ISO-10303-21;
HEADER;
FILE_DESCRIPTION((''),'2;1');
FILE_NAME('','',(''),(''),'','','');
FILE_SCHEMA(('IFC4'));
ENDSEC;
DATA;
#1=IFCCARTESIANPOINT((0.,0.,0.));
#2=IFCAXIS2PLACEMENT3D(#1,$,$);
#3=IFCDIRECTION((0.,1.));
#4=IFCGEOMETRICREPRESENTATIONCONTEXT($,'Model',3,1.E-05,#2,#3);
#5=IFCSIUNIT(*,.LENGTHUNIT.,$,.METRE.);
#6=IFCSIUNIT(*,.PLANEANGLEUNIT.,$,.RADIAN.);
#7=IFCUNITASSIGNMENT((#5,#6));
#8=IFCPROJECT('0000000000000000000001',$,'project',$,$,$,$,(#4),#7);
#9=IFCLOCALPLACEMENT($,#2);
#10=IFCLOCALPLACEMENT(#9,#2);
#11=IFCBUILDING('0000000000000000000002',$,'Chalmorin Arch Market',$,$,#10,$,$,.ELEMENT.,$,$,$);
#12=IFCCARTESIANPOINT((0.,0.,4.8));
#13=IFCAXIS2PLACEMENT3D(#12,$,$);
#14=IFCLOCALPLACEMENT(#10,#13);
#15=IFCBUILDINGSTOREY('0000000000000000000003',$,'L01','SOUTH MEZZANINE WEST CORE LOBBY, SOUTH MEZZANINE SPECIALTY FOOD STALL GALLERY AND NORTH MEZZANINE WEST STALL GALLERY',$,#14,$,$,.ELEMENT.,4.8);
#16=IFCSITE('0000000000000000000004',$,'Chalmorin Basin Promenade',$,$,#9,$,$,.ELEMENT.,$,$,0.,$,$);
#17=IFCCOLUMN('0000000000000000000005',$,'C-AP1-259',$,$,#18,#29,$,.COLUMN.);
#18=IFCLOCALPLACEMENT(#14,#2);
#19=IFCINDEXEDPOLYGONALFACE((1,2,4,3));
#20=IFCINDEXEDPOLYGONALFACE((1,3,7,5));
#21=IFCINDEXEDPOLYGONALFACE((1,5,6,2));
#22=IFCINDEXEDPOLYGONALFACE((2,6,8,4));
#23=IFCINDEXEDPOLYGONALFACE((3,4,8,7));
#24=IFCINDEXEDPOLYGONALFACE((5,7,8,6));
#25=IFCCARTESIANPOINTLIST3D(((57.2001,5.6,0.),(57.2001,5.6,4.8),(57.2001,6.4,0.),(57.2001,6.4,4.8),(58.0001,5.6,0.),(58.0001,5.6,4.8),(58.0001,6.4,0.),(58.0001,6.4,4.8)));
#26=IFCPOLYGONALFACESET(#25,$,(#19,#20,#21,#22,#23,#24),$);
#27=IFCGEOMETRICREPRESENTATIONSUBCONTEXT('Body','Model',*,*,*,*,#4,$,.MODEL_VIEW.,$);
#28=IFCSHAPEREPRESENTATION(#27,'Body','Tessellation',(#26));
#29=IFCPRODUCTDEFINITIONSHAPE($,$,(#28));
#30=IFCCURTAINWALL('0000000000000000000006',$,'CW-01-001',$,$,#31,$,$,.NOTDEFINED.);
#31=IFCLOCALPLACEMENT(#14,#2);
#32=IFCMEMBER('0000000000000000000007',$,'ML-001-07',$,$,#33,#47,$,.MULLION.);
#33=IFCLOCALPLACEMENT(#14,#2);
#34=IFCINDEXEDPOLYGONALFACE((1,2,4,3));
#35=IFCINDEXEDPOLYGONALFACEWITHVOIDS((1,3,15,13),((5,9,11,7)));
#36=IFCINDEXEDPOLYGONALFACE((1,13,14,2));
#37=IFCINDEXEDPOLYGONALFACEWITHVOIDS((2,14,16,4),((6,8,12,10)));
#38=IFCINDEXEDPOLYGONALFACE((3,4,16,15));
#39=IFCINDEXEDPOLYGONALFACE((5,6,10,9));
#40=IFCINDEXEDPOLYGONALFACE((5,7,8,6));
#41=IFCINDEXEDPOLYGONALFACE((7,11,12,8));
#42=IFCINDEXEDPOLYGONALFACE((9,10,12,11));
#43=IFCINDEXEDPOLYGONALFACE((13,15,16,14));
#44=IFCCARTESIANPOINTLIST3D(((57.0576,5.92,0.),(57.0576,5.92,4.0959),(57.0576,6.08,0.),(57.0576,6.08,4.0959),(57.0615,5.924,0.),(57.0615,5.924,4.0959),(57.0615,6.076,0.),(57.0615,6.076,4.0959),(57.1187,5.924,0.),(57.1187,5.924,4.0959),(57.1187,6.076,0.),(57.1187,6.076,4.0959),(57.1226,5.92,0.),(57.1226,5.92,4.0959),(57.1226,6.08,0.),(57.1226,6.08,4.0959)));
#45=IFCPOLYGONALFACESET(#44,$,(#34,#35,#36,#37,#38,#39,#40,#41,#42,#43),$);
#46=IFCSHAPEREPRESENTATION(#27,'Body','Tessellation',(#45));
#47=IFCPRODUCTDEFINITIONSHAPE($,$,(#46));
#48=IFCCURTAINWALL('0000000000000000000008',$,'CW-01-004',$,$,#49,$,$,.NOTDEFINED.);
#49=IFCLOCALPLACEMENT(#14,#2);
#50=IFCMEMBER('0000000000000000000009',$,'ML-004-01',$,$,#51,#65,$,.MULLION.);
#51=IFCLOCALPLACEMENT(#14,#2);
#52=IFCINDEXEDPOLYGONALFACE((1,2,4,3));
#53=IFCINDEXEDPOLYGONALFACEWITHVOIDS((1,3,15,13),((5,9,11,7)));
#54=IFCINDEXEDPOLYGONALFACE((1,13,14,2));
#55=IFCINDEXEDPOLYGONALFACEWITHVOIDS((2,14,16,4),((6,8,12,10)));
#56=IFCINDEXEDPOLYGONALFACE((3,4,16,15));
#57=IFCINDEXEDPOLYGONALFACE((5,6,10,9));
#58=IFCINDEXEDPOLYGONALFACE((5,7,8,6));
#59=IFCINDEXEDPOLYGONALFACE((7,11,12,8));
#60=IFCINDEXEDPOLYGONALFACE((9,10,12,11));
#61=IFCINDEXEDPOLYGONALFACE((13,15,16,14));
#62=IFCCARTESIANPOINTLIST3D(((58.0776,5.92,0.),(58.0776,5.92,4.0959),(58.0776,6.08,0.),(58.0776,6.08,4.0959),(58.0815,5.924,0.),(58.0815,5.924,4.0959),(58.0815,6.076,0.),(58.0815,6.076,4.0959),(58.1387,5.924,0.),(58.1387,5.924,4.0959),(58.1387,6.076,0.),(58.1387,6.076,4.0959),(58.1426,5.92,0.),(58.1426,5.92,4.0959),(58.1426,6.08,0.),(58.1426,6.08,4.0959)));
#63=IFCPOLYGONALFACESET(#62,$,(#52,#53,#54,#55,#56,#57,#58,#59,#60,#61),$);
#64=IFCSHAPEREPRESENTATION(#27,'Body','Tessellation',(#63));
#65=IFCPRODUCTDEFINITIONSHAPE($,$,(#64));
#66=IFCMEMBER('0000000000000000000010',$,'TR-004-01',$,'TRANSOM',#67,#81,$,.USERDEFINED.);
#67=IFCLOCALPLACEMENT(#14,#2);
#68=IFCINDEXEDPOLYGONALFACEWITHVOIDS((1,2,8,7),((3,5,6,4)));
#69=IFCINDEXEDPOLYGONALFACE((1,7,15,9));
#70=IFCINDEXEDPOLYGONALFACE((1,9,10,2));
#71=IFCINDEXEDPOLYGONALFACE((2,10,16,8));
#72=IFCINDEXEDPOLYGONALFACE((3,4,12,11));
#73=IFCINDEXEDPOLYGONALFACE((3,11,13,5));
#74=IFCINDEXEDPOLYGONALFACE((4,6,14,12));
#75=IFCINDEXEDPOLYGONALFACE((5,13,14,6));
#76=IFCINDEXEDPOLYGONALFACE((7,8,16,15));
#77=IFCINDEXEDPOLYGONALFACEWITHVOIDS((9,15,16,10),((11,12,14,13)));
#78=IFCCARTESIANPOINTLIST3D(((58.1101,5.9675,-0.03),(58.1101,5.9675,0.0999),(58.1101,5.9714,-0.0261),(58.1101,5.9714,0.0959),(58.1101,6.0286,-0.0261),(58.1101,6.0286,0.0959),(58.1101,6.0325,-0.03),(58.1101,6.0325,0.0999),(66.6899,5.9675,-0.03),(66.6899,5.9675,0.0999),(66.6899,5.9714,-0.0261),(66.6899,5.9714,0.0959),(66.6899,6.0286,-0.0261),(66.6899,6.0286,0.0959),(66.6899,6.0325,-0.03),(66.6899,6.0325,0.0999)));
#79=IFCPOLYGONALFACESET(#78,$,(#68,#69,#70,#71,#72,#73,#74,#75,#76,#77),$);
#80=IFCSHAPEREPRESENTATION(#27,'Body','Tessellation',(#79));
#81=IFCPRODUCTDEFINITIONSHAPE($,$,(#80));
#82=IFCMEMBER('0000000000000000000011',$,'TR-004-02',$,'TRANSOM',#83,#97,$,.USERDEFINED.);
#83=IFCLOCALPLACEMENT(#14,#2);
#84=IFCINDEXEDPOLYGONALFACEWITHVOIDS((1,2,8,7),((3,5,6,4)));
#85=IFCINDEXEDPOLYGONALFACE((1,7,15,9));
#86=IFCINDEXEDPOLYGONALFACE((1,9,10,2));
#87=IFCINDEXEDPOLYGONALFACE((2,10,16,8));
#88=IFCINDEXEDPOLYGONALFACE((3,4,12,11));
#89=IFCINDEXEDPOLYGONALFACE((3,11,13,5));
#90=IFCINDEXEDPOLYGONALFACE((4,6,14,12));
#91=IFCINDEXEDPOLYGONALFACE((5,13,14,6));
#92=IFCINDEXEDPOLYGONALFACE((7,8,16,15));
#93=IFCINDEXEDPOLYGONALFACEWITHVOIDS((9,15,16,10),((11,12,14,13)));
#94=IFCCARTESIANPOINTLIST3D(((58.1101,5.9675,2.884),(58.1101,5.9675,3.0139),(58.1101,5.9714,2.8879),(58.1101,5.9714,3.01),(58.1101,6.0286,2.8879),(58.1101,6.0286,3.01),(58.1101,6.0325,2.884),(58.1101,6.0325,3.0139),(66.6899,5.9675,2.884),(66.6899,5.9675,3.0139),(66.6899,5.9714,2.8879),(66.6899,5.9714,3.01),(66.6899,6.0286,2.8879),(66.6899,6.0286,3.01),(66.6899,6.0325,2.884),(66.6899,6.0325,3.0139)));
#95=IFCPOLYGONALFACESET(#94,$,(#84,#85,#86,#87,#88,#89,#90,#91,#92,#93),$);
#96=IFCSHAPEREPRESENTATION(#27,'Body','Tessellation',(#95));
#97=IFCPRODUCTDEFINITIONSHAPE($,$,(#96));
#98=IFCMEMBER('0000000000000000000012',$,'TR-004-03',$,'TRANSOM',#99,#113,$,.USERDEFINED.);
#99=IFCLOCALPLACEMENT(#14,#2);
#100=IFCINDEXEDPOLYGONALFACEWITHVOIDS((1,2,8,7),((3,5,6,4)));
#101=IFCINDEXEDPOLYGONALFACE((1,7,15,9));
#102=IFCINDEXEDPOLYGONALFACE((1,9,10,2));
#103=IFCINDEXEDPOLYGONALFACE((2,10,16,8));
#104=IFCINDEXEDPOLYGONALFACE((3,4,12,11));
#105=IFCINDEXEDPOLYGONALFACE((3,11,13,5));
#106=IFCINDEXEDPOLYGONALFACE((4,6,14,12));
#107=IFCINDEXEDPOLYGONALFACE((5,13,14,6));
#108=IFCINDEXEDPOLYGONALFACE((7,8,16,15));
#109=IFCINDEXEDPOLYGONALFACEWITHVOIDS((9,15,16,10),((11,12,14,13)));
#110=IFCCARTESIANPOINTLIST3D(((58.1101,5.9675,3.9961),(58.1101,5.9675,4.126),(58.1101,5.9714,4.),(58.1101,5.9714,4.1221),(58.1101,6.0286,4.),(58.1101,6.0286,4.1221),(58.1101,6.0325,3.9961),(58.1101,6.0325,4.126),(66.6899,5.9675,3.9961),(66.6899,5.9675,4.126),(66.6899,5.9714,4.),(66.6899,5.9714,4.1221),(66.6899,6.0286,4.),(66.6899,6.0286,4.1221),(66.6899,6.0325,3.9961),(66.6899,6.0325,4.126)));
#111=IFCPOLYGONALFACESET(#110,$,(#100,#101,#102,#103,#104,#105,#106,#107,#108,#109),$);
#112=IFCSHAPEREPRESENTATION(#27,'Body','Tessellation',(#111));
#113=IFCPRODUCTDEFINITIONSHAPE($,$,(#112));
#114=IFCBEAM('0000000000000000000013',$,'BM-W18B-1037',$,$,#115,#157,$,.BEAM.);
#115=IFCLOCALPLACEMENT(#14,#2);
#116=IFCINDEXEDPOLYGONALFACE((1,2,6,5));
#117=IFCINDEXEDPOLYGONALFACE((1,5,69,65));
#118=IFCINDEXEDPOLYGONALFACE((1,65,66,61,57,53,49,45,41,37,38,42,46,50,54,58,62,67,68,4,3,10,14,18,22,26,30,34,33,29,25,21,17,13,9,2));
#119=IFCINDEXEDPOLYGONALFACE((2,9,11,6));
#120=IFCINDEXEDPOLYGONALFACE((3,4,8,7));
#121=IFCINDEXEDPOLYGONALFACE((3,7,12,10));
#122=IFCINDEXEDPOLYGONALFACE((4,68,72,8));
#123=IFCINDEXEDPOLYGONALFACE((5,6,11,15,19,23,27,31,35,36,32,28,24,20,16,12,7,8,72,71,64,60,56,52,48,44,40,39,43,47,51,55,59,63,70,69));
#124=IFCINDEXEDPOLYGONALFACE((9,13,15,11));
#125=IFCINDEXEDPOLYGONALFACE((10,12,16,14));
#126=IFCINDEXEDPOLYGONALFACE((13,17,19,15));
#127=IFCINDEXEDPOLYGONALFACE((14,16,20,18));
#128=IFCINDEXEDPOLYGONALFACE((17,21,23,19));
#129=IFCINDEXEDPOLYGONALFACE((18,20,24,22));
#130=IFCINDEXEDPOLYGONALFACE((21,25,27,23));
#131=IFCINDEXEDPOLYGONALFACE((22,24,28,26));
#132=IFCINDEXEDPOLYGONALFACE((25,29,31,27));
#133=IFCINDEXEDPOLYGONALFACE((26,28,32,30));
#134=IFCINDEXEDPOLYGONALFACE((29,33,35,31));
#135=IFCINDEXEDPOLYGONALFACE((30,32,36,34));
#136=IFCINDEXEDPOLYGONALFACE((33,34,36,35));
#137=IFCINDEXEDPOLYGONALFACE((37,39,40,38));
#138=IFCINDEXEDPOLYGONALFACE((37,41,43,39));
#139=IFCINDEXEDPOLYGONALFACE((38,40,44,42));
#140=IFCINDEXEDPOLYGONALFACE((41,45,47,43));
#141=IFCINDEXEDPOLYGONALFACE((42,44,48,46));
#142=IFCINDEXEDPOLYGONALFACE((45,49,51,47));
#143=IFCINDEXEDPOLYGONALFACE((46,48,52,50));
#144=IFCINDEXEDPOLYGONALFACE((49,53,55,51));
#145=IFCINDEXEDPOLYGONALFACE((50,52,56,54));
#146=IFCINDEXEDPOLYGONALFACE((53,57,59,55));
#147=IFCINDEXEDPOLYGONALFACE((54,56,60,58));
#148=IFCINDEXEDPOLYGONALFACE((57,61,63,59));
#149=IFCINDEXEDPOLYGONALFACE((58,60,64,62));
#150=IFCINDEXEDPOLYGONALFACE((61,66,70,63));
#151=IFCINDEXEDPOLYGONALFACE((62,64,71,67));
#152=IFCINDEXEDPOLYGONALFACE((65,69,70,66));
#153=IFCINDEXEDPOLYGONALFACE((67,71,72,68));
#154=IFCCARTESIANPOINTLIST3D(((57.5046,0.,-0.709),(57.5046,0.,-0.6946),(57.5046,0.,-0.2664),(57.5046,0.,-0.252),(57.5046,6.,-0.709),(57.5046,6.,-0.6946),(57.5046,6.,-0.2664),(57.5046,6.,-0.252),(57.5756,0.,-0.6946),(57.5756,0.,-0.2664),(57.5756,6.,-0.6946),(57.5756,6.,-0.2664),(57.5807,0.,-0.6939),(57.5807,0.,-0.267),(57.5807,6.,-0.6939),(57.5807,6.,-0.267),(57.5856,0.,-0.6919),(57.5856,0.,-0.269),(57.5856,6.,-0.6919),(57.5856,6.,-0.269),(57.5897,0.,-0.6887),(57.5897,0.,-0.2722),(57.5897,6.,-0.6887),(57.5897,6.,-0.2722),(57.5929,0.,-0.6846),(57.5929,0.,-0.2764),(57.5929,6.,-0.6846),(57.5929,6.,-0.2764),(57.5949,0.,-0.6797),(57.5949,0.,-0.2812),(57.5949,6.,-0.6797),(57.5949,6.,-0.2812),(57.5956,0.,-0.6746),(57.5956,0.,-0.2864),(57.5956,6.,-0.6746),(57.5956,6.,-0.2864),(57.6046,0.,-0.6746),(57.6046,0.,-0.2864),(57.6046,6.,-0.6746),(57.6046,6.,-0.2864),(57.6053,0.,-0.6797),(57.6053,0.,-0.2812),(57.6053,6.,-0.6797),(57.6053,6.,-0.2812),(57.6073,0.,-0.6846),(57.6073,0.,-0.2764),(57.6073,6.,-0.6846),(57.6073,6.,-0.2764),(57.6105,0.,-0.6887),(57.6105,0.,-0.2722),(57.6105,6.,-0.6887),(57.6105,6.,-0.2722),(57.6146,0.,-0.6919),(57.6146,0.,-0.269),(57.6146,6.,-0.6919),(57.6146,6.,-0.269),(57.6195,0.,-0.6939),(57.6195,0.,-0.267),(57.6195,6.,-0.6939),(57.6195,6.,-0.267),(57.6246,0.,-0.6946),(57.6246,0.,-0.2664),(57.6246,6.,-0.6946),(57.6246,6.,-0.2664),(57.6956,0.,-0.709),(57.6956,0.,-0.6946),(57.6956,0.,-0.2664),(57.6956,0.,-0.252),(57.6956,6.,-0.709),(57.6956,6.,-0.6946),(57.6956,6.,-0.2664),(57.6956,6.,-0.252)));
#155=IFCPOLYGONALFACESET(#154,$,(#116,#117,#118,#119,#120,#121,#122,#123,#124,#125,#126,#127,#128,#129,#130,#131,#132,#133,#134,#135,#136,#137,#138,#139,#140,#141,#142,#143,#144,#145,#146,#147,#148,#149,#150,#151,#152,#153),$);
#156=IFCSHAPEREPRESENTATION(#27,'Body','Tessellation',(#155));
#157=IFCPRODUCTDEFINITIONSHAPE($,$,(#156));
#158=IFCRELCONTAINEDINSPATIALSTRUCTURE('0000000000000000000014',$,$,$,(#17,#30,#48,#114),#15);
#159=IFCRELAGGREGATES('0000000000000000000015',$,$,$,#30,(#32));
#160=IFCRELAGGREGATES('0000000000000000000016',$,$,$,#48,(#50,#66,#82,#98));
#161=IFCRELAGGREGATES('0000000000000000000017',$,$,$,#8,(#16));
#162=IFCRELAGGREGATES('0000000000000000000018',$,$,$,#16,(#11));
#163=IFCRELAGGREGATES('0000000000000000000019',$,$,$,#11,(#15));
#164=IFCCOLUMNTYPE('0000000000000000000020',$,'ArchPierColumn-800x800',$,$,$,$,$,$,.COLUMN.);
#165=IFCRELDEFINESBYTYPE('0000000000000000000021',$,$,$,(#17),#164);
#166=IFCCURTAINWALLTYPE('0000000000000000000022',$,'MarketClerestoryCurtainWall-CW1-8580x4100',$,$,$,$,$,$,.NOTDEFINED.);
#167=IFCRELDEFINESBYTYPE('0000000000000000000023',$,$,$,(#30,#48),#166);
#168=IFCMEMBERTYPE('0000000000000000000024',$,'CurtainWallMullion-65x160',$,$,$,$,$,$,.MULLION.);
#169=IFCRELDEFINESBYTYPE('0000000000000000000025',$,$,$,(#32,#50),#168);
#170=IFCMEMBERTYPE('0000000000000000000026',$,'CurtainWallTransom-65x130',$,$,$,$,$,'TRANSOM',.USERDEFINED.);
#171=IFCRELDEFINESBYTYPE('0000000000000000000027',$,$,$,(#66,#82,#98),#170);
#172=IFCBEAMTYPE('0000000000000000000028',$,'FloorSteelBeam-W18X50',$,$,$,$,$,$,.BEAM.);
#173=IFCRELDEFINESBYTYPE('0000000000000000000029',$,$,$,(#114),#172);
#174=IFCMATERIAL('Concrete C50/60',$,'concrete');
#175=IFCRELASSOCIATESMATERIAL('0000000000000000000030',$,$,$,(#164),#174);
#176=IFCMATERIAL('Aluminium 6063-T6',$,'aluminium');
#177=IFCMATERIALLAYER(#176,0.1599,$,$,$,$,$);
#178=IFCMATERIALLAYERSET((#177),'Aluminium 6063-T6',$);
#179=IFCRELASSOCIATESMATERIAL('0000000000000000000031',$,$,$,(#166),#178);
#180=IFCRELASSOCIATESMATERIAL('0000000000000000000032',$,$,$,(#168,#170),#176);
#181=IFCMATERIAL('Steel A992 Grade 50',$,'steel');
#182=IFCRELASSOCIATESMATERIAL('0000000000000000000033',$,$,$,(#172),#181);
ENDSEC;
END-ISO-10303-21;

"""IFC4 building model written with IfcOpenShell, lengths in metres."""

from ifc_helpers import new_model, si_unit, direction, frame, origin, origin_2d, place, context, subcontext, project, spatial, rectangle, hollow_rectangle, i_section, extrude, material, layer, layer_set, material_profile, profile_set, type_object, element, aggregate, save


model = new_model("IFC4")

# Units and contexts
model_context = context("Model", 3, precision=1e-05, world=origin(), true_north=direction((0.0, 1.0)))
body_context = subcontext(model_context, "Body", "Model", "MODEL_VIEW")
ifc_project = project(units=[si_unit("LENGTHUNIT", "METRE"), si_unit("PLANEANGLEUNIT", "RADIAN")], contexts=[model_context])

# Site, building, storey
site_placement = place(None, origin())
site = spatial("IfcSite", under=ifc_project, at=site_placement, Name="Chalmorin Basin Promenade", CompositionType="ELEMENT", RefElevation=0.0)
building_placement = place(site_placement, origin())
building = spatial("IfcBuilding", under=site, at=building_placement, Name="Chalmorin Arch Market", CompositionType="ELEMENT")
storey_placement = place(building_placement, frame((0.0, 0.0, 4.8)))
storey = spatial("IfcBuildingStorey", under=building, at=storey_placement, Name="L01", Description="SOUTH MEZZANINE WEST CORE LOBBY, SOUTH MEZZANINE SPECIALTY FOOD STALL GALLERY AND NORTH MEZZANINE WEST STALL GALLERY", CompositionType="ELEMENT", Elevation=4.8)

# Column
ifc_material_1 = material(Name="Concrete C50/60", Category="concrete")
ifc_material_profile_1 = material_profile(ifc_material_1, rectangle(XDim=0.8, YDim=0.8, at=origin_2d()), Name="RC800X800")
ifc_profile_set_1 = profile_set([ifc_material_profile_1], Name="Concrete C50/60")
column_type = type_object("IfcColumnType", Name="ArchPierColumn-800x800", PredefinedType="COLUMN", material=ifc_profile_set_1)
column_placement = place(storey_placement, frame((57.6001, 6.0, 0.0), z_axis=(0.0, 0.0, 1.0), x_axis=(1.0, 0.0, 0.0)))
element("IfcColumn", 1, at=column_placement, inside=storey, type_object=column_type, Name="C-AP1-259", PredefinedType="COLUMN", context=body_context, shape_type="SweptSolid", body=[
    extrude(rectangle(XDim=0.8, YDim=0.8, at=origin_2d()), origin(), (0.0, 0.0, 1.0), 4.8),
])

# Curtain wall, member
ifc_material_2 = material(Name="Aluminium 6063-T6", Category="aluminium")
ifc_layer_1 = layer(ifc_material_2, 0.1599)
ifc_layer_set_1 = layer_set([ifc_layer_1], Name="Aluminium 6063-T6")
curtain_wall_type = type_object("IfcCurtainWallType", Name="MarketClerestoryCurtainWall-CW1-8580x4100", PredefinedType="NOTDEFINED", material=ifc_layer_set_1)
curtain_wall_1_placement = place(storey_placement, origin())
curtain_wall_1 = element("IfcCurtainWall", 2, at=curtain_wall_1_placement, inside=storey, type_object=curtain_wall_type, Name="CW-01-001", PredefinedType="NOTDEFINED")
ifc_material_profile_2 = material_profile(ifc_material_2, hollow_rectangle(XDim=0.0649, YDim=0.1599, WallThickness=0.0039, at=origin_2d()), Name="ALU65X160X4")
ifc_profile_set_2 = profile_set([ifc_material_profile_2], Name="Aluminium 6063-T6")
member_type_1 = type_object("IfcMemberType", Name="CurtainWallMullion-65x160", PredefinedType="MULLION", material=ifc_profile_set_2)
member_1_placement = place(storey_placement, frame((57.0901, 6.0, 0.0), z_axis=(0.0, 0.0, 1.0), x_axis=(1.0, 0.0, 0.0)))
member_1 = element("IfcMember", 3, at=member_1_placement, type_object=member_type_1, Name="ML-001-07", PredefinedType="MULLION", context=body_context, shape_type="SweptSolid", body=[
    extrude(hollow_rectangle(XDim=0.0649, YDim=0.1599, WallThickness=0.0039, at=origin_2d()), origin(), (0.0, 0.0, 1.0), 4.0959),
])

# Curtain wall, members
curtain_wall_2_placement = place(storey_placement, origin())
curtain_wall_2 = element("IfcCurtainWall", 4, at=curtain_wall_2_placement, inside=storey, type_object=curtain_wall_type, Name="CW-01-004", PredefinedType="NOTDEFINED")
member_2_placement = place(storey_placement, frame((58.1101, 6.0, 0.0), z_axis=(0.0, 0.0, 1.0), x_axis=(1.0, 0.0, 0.0)))
member_2 = element("IfcMember", 5, at=member_2_placement, type_object=member_type_1, Name="ML-004-01", PredefinedType="MULLION", context=body_context, shape_type="SweptSolid", body=[
    extrude(hollow_rectangle(XDim=0.0649, YDim=0.1599, WallThickness=0.0039, at=origin_2d()), origin(), (0.0, 0.0, 1.0), 4.0959),
])
ifc_material_profile_3 = material_profile(ifc_material_2, hollow_rectangle(XDim=0.0649, YDim=0.1299, WallThickness=0.0039, at=origin_2d()), Name="ALU65X130X4")
ifc_profile_set_3 = profile_set([ifc_material_profile_3], Name="Aluminium 6063-T6")
member_type_2 = type_object("IfcMemberType", Name="CurtainWallTransom-65x130", ElementType="TRANSOM", PredefinedType="USERDEFINED", material=ifc_profile_set_3)
member_3_placement = place(storey_placement, frame((58.1101, 6.0, 0.0349), z_axis=(1.0, 0.0, 0.0), x_axis=(0.0, 1.0, 0.0)))
member_3 = element("IfcMember", 6, at=member_3_placement, type_object=member_type_2, Name="TR-004-01", ObjectType="TRANSOM", PredefinedType="USERDEFINED", context=body_context, shape_type="SweptSolid", body=[
    extrude(hollow_rectangle(XDim=0.0649, YDim=0.1299, WallThickness=0.0039, at=origin_2d()), origin(), (0.0, 0.0, 1.0), 8.5798),
])
member_4_placement = place(storey_placement, frame((58.1101, 6.0, 2.949), z_axis=(1.0, 0.0, 0.0), x_axis=(0.0, 1.0, 0.0)))
member_4 = element("IfcMember", 7, at=member_4_placement, type_object=member_type_2, Name="TR-004-02", ObjectType="TRANSOM", PredefinedType="USERDEFINED", context=body_context, shape_type="SweptSolid", body=[
    extrude(hollow_rectangle(XDim=0.0649, YDim=0.1299, WallThickness=0.0039, at=origin_2d()), origin(), (0.0, 0.0, 1.0), 8.5798),
])
member_5_placement = place(storey_placement, frame((58.1101, 6.0, 4.061), z_axis=(1.0, 0.0, 0.0), x_axis=(0.0, 1.0, 0.0)))
member_5 = element("IfcMember", 8, at=member_5_placement, type_object=member_type_2, Name="TR-004-03", ObjectType="TRANSOM", PredefinedType="USERDEFINED", context=body_context, shape_type="SweptSolid", body=[
    extrude(hollow_rectangle(XDim=0.0649, YDim=0.1299, WallThickness=0.0039, at=origin_2d()), origin(), (0.0, 0.0, 1.0), 8.5798),
])

# Beam
ifc_material_3 = material(Name="Steel A992 Grade 50", Category="steel")
ifc_material_profile_4 = material_profile(ifc_material_3, i_section(OverallWidth=0.1909, OverallDepth=0.457, WebThickness=0.009, FlangeThickness=0.0144, FilletRadius=0.02, at=origin_2d()), Name="W18X50")
ifc_profile_set_4 = profile_set([ifc_material_profile_4], Name="Steel A992 Grade 50")
beam_type_1 = type_object("IfcBeamType", Name="FloorSteelBeam-W18X50", PredefinedType="BEAM", material=ifc_profile_set_4)
beam_1_placement = place(storey_placement, frame((57.6001, 0.0, -0.4805), z_axis=(0.0, 1.0, 0.0), x_axis=(-1.0, 0.0, 0.0)))
element("IfcBeam", 9, at=beam_1_placement, inside=storey, type_object=beam_type_1, Name="BM-W18B-1037", PredefinedType="BEAM", context=body_context, shape_type="SweptSolid", body=[
    extrude(i_section(OverallWidth=0.1909, OverallDepth=0.457, WebThickness=0.009, FlangeThickness=0.0144, FilletRadius=0.02, at=origin_2d()), origin(), (0.0, 0.0, 1.0), 6.0),
])

aggregate(curtain_wall_1, [member_1])
aggregate(curtain_wall_2, [member_2, member_3, member_4, member_5])

save(model, "model.ifc")
